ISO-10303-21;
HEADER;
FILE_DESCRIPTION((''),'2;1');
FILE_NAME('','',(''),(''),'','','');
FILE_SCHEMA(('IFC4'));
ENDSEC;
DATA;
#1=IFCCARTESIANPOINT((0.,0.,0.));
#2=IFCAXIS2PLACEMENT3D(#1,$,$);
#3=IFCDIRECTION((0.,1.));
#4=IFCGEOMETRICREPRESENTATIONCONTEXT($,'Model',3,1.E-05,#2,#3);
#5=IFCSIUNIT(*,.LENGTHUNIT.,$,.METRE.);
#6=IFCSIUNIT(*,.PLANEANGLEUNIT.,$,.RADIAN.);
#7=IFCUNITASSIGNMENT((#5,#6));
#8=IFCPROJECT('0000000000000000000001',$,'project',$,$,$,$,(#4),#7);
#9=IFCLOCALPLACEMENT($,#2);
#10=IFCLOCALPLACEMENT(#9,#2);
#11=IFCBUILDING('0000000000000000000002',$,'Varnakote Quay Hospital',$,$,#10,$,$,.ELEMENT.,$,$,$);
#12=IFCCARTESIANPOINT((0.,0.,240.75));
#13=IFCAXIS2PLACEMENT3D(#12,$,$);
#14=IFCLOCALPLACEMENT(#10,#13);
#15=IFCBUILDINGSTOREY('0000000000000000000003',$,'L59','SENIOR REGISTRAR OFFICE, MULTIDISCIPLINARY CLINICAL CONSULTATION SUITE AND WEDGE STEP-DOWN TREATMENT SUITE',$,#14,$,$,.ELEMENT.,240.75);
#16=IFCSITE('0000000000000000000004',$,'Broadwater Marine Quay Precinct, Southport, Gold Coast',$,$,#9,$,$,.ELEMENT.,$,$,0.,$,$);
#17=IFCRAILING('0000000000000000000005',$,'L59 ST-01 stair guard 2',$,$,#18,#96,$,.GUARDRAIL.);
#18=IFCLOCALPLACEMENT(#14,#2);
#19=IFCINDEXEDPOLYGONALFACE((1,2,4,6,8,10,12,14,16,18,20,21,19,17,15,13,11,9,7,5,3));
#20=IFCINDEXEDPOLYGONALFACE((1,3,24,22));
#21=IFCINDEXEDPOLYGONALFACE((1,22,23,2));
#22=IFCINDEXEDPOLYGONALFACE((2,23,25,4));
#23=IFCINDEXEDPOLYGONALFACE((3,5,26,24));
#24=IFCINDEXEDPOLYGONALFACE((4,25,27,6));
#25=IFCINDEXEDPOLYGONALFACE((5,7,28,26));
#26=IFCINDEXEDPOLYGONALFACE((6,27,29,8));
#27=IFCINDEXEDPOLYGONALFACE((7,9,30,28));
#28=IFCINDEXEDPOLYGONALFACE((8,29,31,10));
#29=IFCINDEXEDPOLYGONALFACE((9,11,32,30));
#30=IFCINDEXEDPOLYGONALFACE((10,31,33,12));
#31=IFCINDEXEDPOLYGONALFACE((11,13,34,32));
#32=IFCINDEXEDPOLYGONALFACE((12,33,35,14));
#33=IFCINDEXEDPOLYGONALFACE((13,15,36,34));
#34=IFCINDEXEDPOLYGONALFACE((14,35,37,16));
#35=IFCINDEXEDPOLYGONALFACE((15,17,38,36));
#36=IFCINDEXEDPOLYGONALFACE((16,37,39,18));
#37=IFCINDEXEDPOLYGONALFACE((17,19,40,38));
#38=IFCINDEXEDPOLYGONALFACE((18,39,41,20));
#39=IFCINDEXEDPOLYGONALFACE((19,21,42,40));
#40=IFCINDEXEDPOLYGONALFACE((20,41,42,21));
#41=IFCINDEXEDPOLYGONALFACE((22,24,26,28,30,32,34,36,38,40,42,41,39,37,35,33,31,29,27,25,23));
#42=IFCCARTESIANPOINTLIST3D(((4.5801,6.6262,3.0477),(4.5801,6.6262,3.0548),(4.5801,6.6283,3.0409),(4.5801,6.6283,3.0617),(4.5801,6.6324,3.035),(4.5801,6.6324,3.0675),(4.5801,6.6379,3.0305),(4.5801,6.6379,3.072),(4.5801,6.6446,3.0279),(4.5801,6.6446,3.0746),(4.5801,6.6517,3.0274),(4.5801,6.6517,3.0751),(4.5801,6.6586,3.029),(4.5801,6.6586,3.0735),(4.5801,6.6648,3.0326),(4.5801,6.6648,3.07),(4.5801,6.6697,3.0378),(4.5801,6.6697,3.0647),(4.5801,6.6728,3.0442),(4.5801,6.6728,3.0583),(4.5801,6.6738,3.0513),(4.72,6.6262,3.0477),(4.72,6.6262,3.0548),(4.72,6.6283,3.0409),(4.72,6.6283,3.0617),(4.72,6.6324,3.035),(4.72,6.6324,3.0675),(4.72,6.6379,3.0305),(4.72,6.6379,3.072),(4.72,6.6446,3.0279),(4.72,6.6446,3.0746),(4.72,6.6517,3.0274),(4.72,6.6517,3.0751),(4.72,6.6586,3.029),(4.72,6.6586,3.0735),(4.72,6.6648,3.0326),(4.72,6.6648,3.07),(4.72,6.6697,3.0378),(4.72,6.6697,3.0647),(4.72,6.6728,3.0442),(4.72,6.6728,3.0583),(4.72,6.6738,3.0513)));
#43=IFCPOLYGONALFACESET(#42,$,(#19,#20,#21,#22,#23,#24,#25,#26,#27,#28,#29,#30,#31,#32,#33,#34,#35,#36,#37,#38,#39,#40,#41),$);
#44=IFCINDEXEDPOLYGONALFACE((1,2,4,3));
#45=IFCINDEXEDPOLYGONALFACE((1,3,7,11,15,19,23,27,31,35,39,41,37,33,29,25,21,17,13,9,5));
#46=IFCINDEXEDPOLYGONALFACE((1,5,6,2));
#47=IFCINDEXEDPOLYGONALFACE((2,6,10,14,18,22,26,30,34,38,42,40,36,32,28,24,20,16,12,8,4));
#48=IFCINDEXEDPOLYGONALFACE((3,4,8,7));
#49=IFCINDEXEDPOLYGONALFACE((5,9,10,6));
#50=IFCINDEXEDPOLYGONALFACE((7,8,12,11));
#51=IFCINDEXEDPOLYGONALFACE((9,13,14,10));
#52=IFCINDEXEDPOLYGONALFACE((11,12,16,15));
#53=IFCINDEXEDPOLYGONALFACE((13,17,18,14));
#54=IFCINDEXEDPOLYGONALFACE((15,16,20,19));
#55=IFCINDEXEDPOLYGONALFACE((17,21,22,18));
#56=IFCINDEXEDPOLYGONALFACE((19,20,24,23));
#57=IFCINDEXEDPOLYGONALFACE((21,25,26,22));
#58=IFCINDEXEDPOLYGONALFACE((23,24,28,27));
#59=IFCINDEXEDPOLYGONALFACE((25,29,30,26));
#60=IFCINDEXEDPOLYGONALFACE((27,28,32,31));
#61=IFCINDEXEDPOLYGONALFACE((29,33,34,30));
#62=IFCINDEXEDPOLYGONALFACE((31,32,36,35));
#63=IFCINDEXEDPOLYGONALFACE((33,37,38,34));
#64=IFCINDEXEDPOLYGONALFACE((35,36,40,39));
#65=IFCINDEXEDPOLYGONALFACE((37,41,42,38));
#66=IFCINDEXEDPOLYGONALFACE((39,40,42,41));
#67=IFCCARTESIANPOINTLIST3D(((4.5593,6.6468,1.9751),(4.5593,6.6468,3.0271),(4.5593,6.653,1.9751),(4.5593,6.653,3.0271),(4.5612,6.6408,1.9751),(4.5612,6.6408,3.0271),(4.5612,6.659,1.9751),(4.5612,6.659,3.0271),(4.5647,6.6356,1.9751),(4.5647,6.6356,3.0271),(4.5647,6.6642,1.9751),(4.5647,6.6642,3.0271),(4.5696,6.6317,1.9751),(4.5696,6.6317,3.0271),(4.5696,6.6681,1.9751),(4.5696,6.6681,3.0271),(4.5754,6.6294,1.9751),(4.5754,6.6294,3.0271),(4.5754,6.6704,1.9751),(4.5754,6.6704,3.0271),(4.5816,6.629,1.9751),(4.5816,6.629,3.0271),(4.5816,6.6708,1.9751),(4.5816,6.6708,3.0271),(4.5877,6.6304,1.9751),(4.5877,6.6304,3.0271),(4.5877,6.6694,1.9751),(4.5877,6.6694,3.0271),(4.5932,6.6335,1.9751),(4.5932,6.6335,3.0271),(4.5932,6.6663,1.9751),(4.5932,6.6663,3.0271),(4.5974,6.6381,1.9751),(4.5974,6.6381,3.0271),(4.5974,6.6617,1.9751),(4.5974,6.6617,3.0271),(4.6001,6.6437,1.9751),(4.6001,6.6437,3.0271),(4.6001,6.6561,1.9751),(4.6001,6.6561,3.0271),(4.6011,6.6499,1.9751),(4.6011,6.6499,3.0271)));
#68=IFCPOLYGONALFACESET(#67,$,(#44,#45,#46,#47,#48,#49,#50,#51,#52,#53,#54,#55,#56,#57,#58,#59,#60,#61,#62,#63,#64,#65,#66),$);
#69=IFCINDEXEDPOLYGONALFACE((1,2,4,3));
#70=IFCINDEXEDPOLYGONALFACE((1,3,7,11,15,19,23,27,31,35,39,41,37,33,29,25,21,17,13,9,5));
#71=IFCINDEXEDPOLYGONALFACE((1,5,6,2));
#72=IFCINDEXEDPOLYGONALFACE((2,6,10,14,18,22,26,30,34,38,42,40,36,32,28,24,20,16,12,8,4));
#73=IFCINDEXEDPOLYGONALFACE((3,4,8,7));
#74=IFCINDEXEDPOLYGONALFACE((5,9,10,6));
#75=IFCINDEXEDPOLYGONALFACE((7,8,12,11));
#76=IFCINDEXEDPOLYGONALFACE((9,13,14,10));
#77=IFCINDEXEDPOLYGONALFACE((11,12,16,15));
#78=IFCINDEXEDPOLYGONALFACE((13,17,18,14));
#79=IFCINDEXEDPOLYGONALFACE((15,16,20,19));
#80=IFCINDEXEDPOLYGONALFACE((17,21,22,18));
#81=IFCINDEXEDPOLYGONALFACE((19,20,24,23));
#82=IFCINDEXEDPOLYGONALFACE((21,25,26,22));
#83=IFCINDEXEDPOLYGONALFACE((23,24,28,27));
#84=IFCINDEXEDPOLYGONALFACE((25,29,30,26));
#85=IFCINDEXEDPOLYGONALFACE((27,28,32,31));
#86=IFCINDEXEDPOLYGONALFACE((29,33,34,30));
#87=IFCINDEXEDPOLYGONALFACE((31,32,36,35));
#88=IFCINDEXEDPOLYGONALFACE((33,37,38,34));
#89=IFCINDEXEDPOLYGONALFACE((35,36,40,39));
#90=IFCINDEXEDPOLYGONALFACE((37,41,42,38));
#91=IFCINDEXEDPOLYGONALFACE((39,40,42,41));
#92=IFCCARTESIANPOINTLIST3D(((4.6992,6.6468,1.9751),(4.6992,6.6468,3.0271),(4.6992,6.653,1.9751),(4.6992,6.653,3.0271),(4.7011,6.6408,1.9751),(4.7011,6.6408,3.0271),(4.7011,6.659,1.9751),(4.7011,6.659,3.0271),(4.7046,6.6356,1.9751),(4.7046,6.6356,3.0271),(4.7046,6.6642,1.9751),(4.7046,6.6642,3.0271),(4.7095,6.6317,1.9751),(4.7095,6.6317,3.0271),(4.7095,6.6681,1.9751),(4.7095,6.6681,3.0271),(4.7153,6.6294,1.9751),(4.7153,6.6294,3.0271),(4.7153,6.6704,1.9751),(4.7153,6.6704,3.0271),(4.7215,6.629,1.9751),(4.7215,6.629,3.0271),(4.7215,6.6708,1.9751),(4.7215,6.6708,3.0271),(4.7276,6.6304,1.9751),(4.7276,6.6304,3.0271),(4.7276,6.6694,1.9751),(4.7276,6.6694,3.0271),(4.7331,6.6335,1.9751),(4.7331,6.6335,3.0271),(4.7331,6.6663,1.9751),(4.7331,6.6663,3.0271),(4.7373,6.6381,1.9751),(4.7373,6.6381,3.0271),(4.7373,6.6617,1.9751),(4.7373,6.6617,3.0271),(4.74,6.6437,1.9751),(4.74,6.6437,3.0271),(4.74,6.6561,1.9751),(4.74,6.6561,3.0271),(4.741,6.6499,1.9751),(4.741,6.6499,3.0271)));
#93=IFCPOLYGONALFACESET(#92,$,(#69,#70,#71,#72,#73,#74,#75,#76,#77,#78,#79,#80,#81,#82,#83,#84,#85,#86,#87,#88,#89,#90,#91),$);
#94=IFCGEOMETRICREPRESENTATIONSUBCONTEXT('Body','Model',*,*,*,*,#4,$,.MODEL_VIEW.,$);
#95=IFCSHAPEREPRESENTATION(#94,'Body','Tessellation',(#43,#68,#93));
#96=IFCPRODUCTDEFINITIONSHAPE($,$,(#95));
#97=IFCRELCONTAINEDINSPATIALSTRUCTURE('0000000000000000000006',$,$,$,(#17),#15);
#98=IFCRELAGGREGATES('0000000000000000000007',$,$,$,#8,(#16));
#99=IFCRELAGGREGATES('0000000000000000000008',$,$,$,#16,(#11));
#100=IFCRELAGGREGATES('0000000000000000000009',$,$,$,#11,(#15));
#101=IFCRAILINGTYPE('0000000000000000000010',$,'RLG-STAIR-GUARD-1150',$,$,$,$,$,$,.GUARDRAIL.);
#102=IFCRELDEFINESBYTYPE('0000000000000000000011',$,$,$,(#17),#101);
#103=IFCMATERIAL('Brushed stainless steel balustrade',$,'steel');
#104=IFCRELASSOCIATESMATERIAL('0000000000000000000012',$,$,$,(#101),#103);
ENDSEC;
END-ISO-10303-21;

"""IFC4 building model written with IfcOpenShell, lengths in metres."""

from ifc_helpers import new_model, si_unit, direction, frame, origin, origin_2d, place, context, subcontext, project, spatial, circle, extrude, material, type_object, element, save


model = new_model("IFC4")

# Units and contexts
model_context = context("Model", 3, precision=1e-05, world=origin(), true_north=direction((0.0, 1.0)))
body_context = subcontext(model_context, "Body", "Model", "MODEL_VIEW")
ifc_project = project(units=[si_unit("LENGTHUNIT", "METRE"), si_unit("PLANEANGLEUNIT", "RADIAN")], contexts=[model_context])

# Site, building, storey
site_placement = place(None, origin())
site = spatial("IfcSite", under=ifc_project, at=site_placement, Name="Broadwater Marine Quay Precinct, Southport, Gold Coast", CompositionType="ELEMENT", RefElevation=0.0)
building_placement = place(site_placement, origin())
building = spatial("IfcBuilding", under=site, at=building_placement, Name="Varnakote Quay Hospital", CompositionType="ELEMENT")
storey_placement = place(building_placement, frame((0.0, 0.0, 240.75)))
storey = spatial("IfcBuildingStorey", under=building, at=storey_placement, Name="L59", Description="SENIOR REGISTRAR OFFICE, MULTIDISCIPLINARY CLINICAL CONSULTATION SUITE AND WEDGE STEP-DOWN TREATMENT SUITE", CompositionType="ELEMENT", Elevation=240.75)

# Railing
ifc_material_1 = material(Name="Brushed stainless steel balustrade", Category="steel")
railing_type_1 = type_object("IfcRailingType", Name="RLG-STAIR-GUARD-1150", PredefinedType="GUARDRAIL", material=ifc_material_1)
railing_1_placement = place(storey_placement, frame((4.5801, 6.6499, 1.9751)))
element("IfcRailing", 1, at=railing_1_placement, inside=storey, type_object=railing_type_1, Name="L59 ST-01 stair guard 2", PredefinedType="GUARDRAIL", context=body_context, shape_type="SweptSolid", body=[
    extrude(circle(Radius=0.0239, at=origin_2d()), frame((0.0, 0.0, 1.0762), z_axis=(1.0, 0.0, 0.0), x_axis=(0.0, 1.0, 0.0)), (0.0, 0.0, 1.0), 0.1399),
    extrude(circle(Radius=0.021, at=origin_2d()), origin(), (0.0, 0.0, 1.0), 1.052),
    extrude(circle(Radius=0.021, at=origin_2d()), frame((0.1399, 0.0, 0.0)), (0.0, 0.0, 1.0), 1.052),
])

save(model, "model.ifc")
